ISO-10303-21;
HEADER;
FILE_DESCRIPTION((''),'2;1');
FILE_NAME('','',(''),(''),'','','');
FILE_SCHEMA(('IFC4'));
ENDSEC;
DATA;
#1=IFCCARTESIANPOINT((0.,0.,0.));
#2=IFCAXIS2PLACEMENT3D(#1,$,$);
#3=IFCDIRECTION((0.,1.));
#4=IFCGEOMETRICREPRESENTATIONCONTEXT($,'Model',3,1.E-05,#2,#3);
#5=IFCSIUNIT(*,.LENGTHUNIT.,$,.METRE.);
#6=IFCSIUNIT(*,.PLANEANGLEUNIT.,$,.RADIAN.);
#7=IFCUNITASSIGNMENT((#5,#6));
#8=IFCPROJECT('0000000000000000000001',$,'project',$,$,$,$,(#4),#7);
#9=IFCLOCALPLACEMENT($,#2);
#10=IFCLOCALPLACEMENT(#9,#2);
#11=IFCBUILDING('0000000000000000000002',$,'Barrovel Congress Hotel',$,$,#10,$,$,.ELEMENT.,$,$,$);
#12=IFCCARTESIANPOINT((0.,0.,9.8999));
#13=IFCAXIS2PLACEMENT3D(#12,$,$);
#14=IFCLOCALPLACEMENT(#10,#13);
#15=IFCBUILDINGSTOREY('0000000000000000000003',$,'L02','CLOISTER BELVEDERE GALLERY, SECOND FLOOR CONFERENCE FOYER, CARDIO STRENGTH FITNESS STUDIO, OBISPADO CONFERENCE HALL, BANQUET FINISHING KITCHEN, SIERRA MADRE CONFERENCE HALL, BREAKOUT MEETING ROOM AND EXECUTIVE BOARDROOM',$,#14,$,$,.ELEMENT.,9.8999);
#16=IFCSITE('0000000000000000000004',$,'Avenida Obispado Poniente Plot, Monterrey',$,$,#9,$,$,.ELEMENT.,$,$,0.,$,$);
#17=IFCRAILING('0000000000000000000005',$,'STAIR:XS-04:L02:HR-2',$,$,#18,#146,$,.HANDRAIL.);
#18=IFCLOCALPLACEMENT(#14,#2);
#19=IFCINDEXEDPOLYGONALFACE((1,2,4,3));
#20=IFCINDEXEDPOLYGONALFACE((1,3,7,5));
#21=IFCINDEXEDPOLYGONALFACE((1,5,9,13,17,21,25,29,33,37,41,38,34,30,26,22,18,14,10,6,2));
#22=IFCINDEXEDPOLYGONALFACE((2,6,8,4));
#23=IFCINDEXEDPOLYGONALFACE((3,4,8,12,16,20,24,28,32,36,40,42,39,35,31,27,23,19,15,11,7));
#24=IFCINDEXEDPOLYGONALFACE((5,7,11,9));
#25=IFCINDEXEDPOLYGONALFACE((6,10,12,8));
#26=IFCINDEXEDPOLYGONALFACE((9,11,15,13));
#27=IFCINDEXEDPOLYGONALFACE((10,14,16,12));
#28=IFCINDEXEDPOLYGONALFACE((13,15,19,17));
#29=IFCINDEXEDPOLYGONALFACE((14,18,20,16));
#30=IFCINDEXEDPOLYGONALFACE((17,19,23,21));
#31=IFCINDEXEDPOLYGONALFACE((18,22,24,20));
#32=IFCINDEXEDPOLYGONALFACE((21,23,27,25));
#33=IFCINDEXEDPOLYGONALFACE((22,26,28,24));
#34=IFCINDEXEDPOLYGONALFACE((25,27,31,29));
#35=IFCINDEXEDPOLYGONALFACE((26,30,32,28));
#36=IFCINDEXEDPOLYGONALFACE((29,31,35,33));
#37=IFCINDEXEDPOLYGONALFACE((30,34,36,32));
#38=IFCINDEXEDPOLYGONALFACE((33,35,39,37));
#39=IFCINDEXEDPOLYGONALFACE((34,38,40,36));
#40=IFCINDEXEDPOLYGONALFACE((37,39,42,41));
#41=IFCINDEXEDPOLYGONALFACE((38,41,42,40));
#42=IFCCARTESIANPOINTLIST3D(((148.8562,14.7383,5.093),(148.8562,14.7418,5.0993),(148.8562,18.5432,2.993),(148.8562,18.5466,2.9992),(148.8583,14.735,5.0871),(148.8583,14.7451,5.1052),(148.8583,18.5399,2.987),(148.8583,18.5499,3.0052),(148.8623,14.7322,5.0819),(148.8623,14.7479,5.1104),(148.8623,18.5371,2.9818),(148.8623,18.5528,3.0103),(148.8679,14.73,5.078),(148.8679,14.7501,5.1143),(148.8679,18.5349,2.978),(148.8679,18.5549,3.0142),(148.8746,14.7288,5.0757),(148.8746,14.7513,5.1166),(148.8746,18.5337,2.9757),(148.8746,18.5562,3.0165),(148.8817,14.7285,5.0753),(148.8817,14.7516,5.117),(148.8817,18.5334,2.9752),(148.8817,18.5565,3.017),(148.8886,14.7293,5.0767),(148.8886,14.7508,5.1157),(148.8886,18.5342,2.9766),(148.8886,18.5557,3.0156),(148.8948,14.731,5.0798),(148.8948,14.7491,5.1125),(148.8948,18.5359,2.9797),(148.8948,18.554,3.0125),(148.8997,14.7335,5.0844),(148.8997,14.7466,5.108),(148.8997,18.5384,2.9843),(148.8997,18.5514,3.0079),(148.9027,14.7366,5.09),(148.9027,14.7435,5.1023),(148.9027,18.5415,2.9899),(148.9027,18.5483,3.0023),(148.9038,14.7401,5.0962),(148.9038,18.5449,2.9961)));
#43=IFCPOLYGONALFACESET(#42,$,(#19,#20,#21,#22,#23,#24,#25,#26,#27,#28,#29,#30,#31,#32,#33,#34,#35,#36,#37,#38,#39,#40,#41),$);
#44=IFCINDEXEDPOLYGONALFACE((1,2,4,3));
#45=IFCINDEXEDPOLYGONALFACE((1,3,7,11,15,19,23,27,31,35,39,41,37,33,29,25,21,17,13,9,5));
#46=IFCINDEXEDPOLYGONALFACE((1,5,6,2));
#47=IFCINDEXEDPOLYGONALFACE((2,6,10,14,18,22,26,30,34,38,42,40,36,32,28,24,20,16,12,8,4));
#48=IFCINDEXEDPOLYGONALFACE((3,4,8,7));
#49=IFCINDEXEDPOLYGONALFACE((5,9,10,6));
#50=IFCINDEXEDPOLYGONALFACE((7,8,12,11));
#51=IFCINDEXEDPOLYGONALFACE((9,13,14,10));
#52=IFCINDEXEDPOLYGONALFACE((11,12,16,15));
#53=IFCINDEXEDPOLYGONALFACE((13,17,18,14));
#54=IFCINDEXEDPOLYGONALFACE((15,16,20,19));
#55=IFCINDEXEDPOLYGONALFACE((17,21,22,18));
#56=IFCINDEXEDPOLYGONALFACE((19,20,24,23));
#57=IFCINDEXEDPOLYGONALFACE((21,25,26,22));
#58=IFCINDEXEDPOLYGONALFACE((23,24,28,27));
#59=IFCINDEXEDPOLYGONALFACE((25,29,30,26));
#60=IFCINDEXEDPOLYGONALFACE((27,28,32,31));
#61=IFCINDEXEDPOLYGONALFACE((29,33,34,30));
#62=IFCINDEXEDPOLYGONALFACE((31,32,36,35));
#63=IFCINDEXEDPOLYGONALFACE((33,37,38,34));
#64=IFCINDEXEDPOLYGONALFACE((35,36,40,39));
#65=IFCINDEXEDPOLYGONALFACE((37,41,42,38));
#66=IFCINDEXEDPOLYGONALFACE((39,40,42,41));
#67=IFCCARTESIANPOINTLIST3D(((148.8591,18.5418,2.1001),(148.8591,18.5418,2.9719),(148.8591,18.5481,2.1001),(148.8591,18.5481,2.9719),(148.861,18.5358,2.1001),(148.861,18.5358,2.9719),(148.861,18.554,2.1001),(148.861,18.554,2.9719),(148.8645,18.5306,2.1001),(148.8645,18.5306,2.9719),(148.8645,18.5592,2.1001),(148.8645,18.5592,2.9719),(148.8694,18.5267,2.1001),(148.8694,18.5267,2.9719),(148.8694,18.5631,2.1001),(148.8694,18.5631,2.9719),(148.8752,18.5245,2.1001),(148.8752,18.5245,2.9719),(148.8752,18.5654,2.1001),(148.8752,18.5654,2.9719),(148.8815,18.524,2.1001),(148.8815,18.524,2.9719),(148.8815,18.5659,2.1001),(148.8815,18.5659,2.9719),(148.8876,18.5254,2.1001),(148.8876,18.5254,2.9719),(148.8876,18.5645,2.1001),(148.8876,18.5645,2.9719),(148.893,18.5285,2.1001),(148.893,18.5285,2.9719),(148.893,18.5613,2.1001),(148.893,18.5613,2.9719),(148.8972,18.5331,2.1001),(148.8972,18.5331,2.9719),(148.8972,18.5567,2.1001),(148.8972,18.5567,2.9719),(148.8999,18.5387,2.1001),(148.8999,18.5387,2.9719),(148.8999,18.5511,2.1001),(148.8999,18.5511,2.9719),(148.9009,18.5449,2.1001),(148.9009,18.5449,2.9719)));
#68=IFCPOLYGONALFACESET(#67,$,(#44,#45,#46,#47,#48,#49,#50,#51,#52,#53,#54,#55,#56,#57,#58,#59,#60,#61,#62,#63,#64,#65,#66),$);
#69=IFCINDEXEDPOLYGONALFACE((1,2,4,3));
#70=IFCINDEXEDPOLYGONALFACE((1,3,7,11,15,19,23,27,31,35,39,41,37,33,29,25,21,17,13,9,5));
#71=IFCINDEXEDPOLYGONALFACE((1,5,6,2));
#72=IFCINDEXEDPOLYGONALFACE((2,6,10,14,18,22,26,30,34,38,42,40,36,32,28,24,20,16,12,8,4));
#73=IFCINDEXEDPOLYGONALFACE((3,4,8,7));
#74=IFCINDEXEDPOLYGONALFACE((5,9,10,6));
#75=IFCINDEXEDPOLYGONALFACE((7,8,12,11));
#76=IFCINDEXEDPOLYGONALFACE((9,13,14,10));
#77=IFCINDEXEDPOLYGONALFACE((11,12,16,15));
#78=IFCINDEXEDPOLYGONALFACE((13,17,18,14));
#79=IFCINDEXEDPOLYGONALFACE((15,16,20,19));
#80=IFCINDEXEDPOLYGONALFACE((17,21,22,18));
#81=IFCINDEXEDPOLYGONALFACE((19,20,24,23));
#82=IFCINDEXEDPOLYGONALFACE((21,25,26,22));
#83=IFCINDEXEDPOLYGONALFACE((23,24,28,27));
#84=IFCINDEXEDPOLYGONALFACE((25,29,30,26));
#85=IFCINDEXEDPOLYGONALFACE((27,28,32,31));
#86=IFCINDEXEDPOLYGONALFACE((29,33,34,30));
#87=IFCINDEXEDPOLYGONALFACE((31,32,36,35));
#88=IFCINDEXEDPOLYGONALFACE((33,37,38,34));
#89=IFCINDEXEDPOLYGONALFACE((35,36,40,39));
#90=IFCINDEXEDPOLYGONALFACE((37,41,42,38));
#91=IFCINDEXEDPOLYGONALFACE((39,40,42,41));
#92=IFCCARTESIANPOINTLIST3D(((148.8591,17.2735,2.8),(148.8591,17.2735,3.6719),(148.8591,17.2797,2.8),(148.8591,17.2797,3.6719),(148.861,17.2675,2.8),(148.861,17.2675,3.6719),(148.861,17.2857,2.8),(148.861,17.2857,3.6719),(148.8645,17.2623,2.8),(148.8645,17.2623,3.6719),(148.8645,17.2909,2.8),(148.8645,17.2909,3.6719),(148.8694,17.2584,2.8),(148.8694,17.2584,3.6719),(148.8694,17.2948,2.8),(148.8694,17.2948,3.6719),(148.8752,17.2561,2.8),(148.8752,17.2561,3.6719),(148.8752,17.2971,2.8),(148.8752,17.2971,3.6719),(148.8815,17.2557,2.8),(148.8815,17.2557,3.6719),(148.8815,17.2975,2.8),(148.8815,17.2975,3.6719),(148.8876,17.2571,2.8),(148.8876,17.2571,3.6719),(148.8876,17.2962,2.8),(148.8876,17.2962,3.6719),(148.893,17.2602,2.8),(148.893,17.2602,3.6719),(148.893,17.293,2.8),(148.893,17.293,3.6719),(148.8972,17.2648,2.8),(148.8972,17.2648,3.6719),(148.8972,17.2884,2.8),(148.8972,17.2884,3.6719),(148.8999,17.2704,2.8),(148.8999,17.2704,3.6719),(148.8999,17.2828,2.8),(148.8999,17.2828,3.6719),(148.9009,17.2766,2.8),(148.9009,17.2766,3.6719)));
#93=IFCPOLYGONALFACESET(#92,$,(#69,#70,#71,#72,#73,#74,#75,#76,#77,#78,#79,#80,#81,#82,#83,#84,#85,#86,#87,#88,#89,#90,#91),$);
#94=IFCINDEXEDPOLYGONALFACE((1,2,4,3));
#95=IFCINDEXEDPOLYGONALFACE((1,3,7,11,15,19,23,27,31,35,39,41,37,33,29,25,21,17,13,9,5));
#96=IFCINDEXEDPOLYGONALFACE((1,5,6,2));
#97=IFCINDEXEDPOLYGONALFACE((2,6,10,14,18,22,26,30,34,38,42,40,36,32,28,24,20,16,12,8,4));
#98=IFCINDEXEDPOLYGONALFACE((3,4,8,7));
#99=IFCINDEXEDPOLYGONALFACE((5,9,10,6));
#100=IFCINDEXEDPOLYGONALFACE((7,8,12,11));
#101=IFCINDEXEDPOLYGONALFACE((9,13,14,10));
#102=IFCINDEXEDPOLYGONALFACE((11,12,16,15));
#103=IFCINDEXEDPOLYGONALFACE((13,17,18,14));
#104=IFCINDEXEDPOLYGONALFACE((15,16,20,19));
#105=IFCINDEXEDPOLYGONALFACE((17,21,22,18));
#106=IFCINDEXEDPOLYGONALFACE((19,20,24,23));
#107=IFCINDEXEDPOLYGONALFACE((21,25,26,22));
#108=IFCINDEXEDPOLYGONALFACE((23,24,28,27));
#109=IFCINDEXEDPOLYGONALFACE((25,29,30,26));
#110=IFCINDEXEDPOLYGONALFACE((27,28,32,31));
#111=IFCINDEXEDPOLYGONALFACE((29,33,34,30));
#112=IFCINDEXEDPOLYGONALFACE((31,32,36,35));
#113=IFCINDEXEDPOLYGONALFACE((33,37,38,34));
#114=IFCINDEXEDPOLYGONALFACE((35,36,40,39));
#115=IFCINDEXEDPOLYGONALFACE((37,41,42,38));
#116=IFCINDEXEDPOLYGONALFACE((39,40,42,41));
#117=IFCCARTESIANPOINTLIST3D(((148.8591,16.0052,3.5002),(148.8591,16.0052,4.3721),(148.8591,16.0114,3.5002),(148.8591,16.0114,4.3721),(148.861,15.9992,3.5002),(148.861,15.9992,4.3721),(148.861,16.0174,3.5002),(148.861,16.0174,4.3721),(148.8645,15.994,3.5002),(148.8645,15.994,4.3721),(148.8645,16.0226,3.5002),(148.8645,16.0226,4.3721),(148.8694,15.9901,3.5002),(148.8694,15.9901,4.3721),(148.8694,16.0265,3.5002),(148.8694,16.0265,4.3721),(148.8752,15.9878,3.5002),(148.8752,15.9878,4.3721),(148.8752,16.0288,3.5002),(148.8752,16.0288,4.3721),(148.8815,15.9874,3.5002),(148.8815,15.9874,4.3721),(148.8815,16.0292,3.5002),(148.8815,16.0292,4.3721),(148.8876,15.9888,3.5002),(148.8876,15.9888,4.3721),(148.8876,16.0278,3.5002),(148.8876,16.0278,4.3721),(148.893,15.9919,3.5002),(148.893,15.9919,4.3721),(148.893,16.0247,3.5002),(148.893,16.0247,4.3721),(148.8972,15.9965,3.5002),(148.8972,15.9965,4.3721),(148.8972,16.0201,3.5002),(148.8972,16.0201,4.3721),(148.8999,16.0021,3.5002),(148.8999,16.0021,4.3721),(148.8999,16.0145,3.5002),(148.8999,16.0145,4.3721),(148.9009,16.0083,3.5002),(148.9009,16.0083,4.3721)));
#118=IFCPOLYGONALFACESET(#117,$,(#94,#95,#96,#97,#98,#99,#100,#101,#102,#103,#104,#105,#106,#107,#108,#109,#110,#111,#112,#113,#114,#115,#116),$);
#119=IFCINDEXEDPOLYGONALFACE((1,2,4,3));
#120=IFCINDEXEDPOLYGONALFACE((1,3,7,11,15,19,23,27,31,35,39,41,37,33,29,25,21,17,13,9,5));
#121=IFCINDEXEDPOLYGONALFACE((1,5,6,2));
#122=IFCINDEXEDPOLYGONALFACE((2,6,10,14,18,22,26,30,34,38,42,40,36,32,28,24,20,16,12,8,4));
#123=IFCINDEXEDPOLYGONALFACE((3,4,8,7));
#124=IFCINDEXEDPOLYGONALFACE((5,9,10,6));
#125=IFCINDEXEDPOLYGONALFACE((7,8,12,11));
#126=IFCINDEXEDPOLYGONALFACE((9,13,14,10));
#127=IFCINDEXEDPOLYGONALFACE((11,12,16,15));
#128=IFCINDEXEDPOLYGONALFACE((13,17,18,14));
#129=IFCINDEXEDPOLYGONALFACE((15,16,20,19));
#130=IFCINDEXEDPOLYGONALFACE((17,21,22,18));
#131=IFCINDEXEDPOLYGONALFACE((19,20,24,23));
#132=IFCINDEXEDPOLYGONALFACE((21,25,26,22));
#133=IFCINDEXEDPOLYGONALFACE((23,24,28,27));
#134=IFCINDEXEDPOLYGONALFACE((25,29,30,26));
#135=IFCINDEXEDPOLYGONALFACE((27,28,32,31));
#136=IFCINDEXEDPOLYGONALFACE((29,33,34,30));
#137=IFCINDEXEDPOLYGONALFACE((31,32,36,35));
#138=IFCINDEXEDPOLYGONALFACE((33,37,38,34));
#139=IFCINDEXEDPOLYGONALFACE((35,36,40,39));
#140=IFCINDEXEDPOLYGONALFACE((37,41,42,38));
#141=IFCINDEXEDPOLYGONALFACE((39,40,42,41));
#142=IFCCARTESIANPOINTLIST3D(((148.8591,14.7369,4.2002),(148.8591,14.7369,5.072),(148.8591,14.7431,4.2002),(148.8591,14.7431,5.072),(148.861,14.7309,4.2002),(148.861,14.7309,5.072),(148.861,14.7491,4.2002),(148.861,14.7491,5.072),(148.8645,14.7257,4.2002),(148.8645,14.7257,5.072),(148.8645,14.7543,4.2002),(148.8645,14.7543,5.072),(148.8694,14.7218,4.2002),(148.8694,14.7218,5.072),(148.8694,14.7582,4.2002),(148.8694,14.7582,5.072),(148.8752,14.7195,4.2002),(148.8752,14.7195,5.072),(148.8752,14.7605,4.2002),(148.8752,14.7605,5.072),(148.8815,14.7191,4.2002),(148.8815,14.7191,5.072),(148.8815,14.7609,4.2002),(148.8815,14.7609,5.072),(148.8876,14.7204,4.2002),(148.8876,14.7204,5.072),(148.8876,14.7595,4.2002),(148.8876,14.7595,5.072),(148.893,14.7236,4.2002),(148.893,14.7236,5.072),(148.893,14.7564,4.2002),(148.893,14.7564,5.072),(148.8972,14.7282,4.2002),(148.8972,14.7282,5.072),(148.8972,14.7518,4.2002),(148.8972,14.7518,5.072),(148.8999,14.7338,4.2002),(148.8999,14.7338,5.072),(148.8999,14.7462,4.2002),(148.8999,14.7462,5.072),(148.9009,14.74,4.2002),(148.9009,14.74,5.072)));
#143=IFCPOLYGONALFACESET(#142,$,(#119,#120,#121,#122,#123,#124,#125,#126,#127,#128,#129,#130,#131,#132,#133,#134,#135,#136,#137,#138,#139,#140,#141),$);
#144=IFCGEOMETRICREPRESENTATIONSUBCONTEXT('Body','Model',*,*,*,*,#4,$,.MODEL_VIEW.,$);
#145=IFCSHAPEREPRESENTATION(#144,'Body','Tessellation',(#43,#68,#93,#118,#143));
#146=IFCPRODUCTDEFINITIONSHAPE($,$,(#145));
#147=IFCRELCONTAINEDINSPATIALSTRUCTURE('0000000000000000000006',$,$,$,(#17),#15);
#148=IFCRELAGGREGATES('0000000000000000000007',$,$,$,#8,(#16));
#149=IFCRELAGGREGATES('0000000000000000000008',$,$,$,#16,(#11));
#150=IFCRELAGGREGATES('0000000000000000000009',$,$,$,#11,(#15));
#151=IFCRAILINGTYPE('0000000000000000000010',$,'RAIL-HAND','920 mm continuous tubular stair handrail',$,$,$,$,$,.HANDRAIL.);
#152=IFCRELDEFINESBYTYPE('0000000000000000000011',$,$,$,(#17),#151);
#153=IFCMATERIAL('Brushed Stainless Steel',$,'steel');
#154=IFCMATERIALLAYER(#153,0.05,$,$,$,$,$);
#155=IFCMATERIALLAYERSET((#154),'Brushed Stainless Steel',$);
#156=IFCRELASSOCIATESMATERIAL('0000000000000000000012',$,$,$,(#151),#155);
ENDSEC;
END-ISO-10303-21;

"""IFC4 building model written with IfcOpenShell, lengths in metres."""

from ifc_helpers import new_model, si_unit, direction, frame, origin, origin_2d, place, context, subcontext, project, spatial, circle, extrude, material, layer, layer_set, type_object, element, save


model = new_model("IFC4")

# Units and contexts
model_context = context("Model", 3, precision=1e-05, world=origin(), true_north=direction((0.0, 1.0)))
body_context = subcontext(model_context, "Body", "Model", "MODEL_VIEW")
ifc_project = project(units=[si_unit("LENGTHUNIT", "METRE"), si_unit("PLANEANGLEUNIT", "RADIAN")], contexts=[model_context])

# Site, building, storey
site_placement = place(None, origin())
site = spatial("IfcSite", under=ifc_project, at=site_placement, Name="Avenida Obispado Poniente Plot, Monterrey", CompositionType="ELEMENT", RefElevation=0.0)
building_placement = place(site_placement, origin())
building = spatial("IfcBuilding", under=site, at=building_placement, Name="Barrovel Congress Hotel", CompositionType="ELEMENT")
storey_placement = place(building_placement, frame((0.0, 0.0, 9.8999)))
storey = spatial("IfcBuildingStorey", under=building, at=storey_placement, Name="L02", Description="CLOISTER BELVEDERE GALLERY, SECOND FLOOR CONFERENCE FOYER, CARDIO STRENGTH FITNESS STUDIO, OBISPADO CONFERENCE HALL, BANQUET FINISHING KITCHEN, SIERRA MADRE CONFERENCE HALL, BREAKOUT MEETING ROOM AND EXECUTIVE BOARDROOM", CompositionType="ELEMENT", Elevation=9.8999)

# Railing
ifc_material_1 = material(Name="Brushed Stainless Steel", Category="steel")
ifc_layer_1 = layer(ifc_material_1, 0.05)
ifc_layer_set_1 = layer_set([ifc_layer_1], Name="Brushed Stainless Steel")
railing_type_1 = type_object("IfcRailingType", Name="RAIL-HAND", Description="920 mm continuous tubular stair handrail", PredefinedType="HANDRAIL", material=ifc_layer_set_1)
railing_1_placement = place(storey_placement, frame((148.8799, 18.5449, 2.1001)))
element("IfcRailing", 1, at=railing_1_placement, inside=storey, type_object=railing_type_1, Name="STAIR:XS-04:L02:HR-2", PredefinedType="HANDRAIL", context=body_context, shape_type="SweptSolid", body=[
    extrude(circle(Radius=0.0239, at=origin_2d()), frame((0.0, 0.0, 0.896), z_axis=(0.0, -0.875497, 0.483223), x_axis=(1.0, 0.0, 0.0)), (0.0, 0.0, 1.0), 4.3459),
    extrude(circle(Radius=0.021, at=origin_2d()), origin(), (0.0, 0.0, 1.0), 0.8718),
    extrude(circle(Radius=0.021, at=origin_2d()), frame((0.0, -1.2683, 0.7)), (0.0, 0.0, 1.0), 0.8718),
    extrude(circle(Radius=0.021, at=origin_2d()), frame((0.0, -2.5366, 1.4001)), (0.0, 0.0, 1.0), 0.8718),
    extrude(circle(Radius=0.021, at=origin_2d()), frame((0.0, -3.8049, 2.1001)), (0.0, 0.0, 1.0), 0.8718),
])

save(model, "model.ifc")
